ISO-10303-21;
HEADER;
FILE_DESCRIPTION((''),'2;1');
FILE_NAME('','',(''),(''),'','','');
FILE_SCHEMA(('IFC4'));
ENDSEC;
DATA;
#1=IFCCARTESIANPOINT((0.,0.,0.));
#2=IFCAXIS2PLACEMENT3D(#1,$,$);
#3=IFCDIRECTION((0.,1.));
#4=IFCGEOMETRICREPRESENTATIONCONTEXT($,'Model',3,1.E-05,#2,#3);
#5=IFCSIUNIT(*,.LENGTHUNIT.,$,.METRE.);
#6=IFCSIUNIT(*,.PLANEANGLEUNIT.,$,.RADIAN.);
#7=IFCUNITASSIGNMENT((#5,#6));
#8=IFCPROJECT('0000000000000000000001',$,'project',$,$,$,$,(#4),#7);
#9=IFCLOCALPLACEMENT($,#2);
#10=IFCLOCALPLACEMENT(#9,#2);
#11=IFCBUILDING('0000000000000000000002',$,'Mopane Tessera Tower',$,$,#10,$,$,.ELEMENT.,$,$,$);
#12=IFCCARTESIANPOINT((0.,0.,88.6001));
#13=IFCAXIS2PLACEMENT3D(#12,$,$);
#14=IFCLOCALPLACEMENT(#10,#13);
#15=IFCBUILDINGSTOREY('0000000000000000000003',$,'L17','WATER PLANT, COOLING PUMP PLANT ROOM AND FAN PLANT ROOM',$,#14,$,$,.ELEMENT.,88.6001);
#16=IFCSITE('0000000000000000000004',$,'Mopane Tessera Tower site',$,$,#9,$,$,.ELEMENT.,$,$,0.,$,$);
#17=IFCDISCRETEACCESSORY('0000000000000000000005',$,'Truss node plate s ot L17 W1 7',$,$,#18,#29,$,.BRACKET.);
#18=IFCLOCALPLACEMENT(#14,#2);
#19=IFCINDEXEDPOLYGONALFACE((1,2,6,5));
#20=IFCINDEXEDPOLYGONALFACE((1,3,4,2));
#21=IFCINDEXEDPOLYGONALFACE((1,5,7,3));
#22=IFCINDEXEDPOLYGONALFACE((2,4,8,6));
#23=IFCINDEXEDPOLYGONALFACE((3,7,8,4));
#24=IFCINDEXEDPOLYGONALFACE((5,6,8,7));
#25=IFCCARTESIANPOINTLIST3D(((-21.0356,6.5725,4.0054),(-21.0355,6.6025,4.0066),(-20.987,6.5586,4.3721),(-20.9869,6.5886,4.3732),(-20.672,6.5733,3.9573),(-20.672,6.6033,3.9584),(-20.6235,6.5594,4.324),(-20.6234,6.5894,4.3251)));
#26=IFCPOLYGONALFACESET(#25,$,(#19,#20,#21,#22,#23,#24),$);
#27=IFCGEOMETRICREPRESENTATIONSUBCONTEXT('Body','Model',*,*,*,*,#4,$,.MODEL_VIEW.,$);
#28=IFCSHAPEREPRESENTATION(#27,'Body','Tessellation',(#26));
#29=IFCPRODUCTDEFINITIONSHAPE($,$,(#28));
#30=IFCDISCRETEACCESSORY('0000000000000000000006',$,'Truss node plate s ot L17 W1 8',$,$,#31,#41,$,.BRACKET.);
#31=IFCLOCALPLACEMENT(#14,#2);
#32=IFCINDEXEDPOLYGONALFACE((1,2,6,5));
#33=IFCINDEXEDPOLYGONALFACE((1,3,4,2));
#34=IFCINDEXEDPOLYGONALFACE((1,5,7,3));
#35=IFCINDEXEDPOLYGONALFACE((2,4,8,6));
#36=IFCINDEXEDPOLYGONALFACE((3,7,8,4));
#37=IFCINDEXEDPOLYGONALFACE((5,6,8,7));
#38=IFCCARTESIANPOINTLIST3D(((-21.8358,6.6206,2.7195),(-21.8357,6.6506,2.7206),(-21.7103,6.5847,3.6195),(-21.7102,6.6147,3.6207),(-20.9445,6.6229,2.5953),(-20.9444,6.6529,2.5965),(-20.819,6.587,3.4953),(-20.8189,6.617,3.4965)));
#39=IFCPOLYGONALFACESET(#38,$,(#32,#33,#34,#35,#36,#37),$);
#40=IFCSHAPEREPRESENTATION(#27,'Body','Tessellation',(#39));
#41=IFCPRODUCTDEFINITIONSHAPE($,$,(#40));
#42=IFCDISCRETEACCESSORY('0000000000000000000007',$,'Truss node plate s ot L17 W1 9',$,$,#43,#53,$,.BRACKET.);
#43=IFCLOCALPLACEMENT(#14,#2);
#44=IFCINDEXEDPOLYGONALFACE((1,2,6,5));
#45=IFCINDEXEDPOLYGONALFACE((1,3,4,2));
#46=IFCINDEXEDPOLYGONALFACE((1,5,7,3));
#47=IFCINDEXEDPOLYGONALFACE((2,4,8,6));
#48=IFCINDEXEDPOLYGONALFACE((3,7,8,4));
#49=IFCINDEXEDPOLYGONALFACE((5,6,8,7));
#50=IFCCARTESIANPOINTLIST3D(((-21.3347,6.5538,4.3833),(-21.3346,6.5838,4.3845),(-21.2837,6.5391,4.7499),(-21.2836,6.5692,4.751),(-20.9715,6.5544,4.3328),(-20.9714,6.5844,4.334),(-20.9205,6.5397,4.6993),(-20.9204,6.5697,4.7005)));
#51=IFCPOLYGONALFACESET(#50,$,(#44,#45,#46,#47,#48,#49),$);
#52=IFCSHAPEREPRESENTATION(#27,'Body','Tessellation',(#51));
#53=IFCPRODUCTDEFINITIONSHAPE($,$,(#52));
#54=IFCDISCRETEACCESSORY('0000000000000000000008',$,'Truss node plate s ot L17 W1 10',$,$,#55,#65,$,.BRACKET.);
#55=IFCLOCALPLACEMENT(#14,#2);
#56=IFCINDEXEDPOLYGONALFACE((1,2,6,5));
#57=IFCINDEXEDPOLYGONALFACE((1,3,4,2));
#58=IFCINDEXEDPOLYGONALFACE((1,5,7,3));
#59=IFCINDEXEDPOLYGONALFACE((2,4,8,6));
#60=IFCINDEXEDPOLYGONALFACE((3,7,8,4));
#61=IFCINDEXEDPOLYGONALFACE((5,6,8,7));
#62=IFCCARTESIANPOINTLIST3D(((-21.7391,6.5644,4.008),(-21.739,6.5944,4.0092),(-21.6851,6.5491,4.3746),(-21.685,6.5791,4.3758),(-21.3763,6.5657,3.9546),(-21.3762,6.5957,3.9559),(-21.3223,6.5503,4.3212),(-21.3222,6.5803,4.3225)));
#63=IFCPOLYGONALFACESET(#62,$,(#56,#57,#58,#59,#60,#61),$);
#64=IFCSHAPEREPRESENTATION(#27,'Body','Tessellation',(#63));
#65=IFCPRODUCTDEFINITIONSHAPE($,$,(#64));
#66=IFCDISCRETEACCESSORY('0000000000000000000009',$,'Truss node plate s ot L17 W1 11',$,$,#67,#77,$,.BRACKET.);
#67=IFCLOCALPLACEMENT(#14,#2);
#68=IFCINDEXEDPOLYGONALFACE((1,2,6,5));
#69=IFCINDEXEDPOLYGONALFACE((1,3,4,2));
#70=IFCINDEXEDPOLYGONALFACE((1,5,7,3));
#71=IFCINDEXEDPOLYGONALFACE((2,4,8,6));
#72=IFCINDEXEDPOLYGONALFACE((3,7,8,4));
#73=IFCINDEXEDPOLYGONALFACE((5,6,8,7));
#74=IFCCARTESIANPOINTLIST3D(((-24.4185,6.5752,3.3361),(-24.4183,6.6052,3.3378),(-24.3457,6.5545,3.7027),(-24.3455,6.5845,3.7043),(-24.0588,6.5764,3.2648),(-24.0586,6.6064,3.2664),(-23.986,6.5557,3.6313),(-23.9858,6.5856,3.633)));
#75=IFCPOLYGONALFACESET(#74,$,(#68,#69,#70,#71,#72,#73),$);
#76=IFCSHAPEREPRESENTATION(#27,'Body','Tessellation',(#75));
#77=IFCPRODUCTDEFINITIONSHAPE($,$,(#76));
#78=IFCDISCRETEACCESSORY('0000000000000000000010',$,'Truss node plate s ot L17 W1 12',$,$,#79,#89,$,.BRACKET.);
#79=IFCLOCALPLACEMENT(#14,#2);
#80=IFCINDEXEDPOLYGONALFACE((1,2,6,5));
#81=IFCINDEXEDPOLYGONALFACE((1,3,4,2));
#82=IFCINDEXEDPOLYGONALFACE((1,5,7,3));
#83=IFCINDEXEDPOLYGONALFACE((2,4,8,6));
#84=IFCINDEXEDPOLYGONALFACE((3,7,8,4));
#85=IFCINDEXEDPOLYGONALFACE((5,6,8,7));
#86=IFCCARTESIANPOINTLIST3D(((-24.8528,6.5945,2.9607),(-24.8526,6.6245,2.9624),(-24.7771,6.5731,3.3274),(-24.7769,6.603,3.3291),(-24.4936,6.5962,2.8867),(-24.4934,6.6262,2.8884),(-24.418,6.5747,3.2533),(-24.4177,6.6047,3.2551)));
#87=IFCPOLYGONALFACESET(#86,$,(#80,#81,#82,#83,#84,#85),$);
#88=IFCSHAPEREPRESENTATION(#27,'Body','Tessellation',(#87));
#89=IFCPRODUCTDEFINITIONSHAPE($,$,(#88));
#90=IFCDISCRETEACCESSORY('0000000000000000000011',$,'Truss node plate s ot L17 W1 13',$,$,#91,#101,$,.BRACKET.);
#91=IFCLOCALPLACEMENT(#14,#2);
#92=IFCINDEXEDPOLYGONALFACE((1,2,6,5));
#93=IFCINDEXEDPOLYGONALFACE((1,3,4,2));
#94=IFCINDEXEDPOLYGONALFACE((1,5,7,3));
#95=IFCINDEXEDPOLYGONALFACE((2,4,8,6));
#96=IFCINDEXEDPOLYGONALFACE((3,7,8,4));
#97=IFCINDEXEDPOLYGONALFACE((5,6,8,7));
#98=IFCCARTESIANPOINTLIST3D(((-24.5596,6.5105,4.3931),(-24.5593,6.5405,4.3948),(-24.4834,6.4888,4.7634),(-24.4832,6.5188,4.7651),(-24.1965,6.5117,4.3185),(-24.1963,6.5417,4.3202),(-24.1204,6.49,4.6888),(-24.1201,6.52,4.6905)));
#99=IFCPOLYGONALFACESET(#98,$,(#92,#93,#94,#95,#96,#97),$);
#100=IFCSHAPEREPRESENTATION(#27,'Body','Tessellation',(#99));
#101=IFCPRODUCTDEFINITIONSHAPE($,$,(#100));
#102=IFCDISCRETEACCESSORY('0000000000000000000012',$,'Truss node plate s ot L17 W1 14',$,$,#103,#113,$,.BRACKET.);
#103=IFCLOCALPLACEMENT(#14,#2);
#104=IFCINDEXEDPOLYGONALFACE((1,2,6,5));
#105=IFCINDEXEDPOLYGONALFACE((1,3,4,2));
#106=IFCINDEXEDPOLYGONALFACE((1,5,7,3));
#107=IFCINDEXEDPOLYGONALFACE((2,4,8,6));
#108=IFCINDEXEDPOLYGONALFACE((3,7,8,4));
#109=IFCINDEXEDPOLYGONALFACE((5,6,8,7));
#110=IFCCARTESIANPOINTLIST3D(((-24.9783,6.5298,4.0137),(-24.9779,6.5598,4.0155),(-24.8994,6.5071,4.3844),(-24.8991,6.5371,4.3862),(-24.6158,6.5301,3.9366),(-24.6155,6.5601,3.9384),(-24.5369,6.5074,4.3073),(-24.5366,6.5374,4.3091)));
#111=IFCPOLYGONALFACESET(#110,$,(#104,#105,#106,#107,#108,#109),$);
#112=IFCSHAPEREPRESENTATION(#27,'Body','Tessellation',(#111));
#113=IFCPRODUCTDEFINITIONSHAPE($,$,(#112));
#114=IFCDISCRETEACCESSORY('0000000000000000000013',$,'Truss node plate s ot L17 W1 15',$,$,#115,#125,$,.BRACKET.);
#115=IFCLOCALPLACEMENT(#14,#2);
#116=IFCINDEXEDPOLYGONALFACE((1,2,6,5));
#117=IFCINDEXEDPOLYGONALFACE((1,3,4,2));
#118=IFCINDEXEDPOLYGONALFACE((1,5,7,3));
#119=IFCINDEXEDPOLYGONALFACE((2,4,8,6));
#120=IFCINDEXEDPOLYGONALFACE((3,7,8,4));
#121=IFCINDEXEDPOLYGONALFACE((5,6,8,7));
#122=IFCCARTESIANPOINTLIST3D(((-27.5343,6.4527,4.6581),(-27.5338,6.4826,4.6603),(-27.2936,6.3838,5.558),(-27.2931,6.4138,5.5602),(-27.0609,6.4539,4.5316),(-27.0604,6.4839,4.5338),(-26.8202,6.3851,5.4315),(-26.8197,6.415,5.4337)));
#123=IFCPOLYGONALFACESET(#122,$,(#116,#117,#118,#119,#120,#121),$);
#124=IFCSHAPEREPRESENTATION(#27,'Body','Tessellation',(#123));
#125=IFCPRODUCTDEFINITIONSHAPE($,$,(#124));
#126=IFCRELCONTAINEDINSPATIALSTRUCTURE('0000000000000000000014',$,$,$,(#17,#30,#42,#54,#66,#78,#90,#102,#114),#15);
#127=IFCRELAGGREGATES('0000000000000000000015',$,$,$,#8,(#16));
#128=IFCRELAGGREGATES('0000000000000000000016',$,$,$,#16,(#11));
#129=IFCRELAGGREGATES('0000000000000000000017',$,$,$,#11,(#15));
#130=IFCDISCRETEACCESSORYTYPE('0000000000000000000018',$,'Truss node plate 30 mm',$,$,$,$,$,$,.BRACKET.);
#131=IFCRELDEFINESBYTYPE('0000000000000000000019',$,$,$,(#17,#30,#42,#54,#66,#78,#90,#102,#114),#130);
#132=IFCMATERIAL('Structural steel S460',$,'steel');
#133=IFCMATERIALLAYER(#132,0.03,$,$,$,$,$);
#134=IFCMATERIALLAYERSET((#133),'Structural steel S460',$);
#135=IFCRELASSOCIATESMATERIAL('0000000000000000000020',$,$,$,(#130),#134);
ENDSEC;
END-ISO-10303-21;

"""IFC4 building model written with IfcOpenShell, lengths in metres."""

from ifc_helpers import new_model, si_unit, direction, frame, origin, origin_2d, place, context, subcontext, project, spatial, rectangle, extrude, material, layer, layer_set, type_object, element, save


model = new_model("IFC4")

# Units and contexts
model_context = context("Model", 3, precision=1e-05, world=origin(), true_north=direction((0.0, 1.0)))
body_context = subcontext(model_context, "Body", "Model", "MODEL_VIEW")
ifc_project = project(units=[si_unit("LENGTHUNIT", "METRE"), si_unit("PLANEANGLEUNIT", "RADIAN")], contexts=[model_context])

# Site, building, storey
site_placement = place(None, origin())
site = spatial("IfcSite", under=ifc_project, at=site_placement, Name="Mopane Tessera Tower site", CompositionType="ELEMENT", RefElevation=0.0)
building_placement = place(site_placement, origin())
building = spatial("IfcBuilding", under=site, at=building_placement, Name="Mopane Tessera Tower", CompositionType="ELEMENT")
storey_placement = place(building_placement, frame((0.0, 0.0, 88.6001)))
storey = spatial("IfcBuildingStorey", under=building, at=storey_placement, Name="L17", Description="WATER PLANT, COOLING PUMP PLANT ROOM AND FAN PLANT ROOM", CompositionType="ELEMENT", Elevation=88.6001)

# Discrete accessories
ifc_material_1 = material(Name="Structural steel S460", Category="steel")
ifc_layer_1 = layer(ifc_material_1, 0.03)
ifc_layer_set_1 = layer_set([ifc_layer_1], Name="Structural steel S460")
discrete_accessory_type = type_object("IfcDiscreteAccessoryType", Name="Truss node plate 30 mm", PredefinedType="BRACKET", material=ifc_layer_set_1)
discrete_accessory_1_placement = place(storey_placement, frame((-20.8538, 6.5879, 3.9819), z_axis=(0.131249, -0.037594, 0.990636), x_axis=(-0.002758, -0.999291, -0.037557)))
element("IfcDiscreteAccessory", 1, at=discrete_accessory_1_placement, inside=storey, type_object=discrete_accessory_type, Name="Truss node plate s ot L17 W1 7", PredefinedType="BRACKET", context=body_context, shape_type="SweptSolid", body=[
    extrude(rectangle(XDim=0.03, YDim=0.3667, at=origin_2d()), origin(), (0.0, 0.0, 1.0), 0.3701),
])
discrete_accessory_2_placement = place(storey_placement, frame((-21.3901, 6.6367, 2.658), z_axis=(0.138003, -0.039468, 0.989645), x_axis=(-0.002885, -0.999217, -0.039447)))
element("IfcDiscreteAccessory", 2, at=discrete_accessory_2_placement, inside=storey, type_object=discrete_accessory_type, Name="Truss node plate s ot L17 W1 8", PredefinedType="BRACKET", context=body_context, shape_type="SweptSolid", body=[
    extrude(rectangle(XDim=0.03, YDim=0.8999, at=origin_2d()), origin(), (0.0, 0.0, 1.0), 0.9094),
])
discrete_accessory_3_placement = place(storey_placement, frame((-21.1531, 6.5691, 4.3586), z_axis=(0.137802, -0.03956, 0.989669), x_axis=(-0.003885, -0.999216, -0.039401)))
element("IfcDiscreteAccessory", 3, at=discrete_accessory_3_placement, inside=storey, type_object=discrete_accessory_type, Name="Truss node plate s ot L17 W1 9", PredefinedType="BRACKET", context=body_context, shape_type="SweptSolid", body=[
    extrude(rectangle(XDim=0.03, YDim=0.3667, at=origin_2d()), origin(), (0.0, 0.0, 1.0), 0.3704),
])
discrete_accessory_4_placement = place(storey_placement, frame((-21.5576, 6.5801, 3.9819), z_axis=(0.145445, -0.041462, 0.988497), x_axis=(-0.00262, -0.999134, -0.041522)))
element("IfcDiscreteAccessory", 4, at=discrete_accessory_4_placement, inside=storey, type_object=discrete_accessory_type, Name="Truss node plate s ot L17 W1 10", PredefinedType="BRACKET", context=body_context, shape_type="SweptSolid", body=[
    extrude(rectangle(XDim=0.03, YDim=0.3667, at=origin_2d()), origin(), (0.0, 0.0, 1.0), 0.3708),
])
discrete_accessory_5_placement = place(storey_placement, frame((-24.2385, 6.5908, 3.3013), z_axis=(0.194434, -0.055459, 0.979347), x_axis=(-0.007622, -0.998456, -0.055028)))
element("IfcDiscreteAccessory", 5, at=discrete_accessory_5_placement, inside=storey, type_object=discrete_accessory_type, Name="Truss node plate s ot L17 W1 11", PredefinedType="BRACKET", context=body_context, shape_type="SweptSolid", body=[
    extrude(rectangle(XDim=0.03, YDim=0.3667, at=origin_2d()), origin(), (0.0, 0.0, 1.0), 0.3743),
])
discrete_accessory_6_placement = place(storey_placement, frame((-24.6731, 6.6104, 2.9246), z_axis=(0.201799, -0.057285, 0.97775), x_axis=(-0.007168, -0.998348, -0.057012)))
element("IfcDiscreteAccessory", 6, at=discrete_accessory_6_placement, inside=storey, type_object=discrete_accessory_type, Name="Truss node plate s ot L17 W1 12", PredefinedType="BRACKET", context=body_context, shape_type="SweptSolid", body=[
    extrude(rectangle(XDim=0.03, YDim=0.3667, at=origin_2d()), origin(), (0.0, 0.0, 1.0), 0.375),
])
discrete_accessory_7_placement = place(storey_placement, frame((-24.3779, 6.5261, 4.3567), z_axis=(0.201121, -0.057371, 0.977885), x_axis=(-0.008412, -0.998348, -0.056841)))
element("IfcDiscreteAccessory", 7, at=discrete_accessory_7_placement, inside=storey, type_object=discrete_accessory_type, Name="Truss node plate s ot L17 W1 13", PredefinedType="BRACKET", context=body_context, shape_type="SweptSolid", body=[
    extrude(rectangle(XDim=0.03, YDim=0.3706, at=origin_2d()), origin(), (0.0, 0.0, 1.0), 0.3787),
])
discrete_accessory_8_placement = place(storey_placement, frame((-24.7969, 6.5449, 3.9761), z_axis=(0.207748, -0.059816, 0.976352), x_axis=(-0.011661, -0.998209, -0.058674)))
element("IfcDiscreteAccessory", 8, at=discrete_accessory_8_placement, inside=storey, type_object=discrete_accessory_type, Name="Truss node plate s ot L17 W1 14", PredefinedType="BRACKET", context=body_context, shape_type="SweptSolid", body=[
    extrude(rectangle(XDim=0.03, YDim=0.3706, at=origin_2d()), origin(), (0.0, 0.0, 1.0), 0.3796),
])
discrete_accessory_9_placement = place(storey_placement, frame((-27.2974, 6.4683, 4.5959), z_axis=(0.25771, -0.073706, 0.963407), x_axis=(-0.016616, -0.997277, -0.071853)))
element("IfcDiscreteAccessory", 9, at=discrete_accessory_9_placement, inside=storey, type_object=discrete_accessory_type, Name="Truss node plate s ot L17 W1 15", PredefinedType="BRACKET", context=body_context, shape_type="SweptSolid", body=[
    extrude(rectangle(XDim=0.03, YDim=0.49, at=origin_2d()), origin(), (0.0, 0.0, 1.0), 0.9341),
])

save(model, "model.ifc")
